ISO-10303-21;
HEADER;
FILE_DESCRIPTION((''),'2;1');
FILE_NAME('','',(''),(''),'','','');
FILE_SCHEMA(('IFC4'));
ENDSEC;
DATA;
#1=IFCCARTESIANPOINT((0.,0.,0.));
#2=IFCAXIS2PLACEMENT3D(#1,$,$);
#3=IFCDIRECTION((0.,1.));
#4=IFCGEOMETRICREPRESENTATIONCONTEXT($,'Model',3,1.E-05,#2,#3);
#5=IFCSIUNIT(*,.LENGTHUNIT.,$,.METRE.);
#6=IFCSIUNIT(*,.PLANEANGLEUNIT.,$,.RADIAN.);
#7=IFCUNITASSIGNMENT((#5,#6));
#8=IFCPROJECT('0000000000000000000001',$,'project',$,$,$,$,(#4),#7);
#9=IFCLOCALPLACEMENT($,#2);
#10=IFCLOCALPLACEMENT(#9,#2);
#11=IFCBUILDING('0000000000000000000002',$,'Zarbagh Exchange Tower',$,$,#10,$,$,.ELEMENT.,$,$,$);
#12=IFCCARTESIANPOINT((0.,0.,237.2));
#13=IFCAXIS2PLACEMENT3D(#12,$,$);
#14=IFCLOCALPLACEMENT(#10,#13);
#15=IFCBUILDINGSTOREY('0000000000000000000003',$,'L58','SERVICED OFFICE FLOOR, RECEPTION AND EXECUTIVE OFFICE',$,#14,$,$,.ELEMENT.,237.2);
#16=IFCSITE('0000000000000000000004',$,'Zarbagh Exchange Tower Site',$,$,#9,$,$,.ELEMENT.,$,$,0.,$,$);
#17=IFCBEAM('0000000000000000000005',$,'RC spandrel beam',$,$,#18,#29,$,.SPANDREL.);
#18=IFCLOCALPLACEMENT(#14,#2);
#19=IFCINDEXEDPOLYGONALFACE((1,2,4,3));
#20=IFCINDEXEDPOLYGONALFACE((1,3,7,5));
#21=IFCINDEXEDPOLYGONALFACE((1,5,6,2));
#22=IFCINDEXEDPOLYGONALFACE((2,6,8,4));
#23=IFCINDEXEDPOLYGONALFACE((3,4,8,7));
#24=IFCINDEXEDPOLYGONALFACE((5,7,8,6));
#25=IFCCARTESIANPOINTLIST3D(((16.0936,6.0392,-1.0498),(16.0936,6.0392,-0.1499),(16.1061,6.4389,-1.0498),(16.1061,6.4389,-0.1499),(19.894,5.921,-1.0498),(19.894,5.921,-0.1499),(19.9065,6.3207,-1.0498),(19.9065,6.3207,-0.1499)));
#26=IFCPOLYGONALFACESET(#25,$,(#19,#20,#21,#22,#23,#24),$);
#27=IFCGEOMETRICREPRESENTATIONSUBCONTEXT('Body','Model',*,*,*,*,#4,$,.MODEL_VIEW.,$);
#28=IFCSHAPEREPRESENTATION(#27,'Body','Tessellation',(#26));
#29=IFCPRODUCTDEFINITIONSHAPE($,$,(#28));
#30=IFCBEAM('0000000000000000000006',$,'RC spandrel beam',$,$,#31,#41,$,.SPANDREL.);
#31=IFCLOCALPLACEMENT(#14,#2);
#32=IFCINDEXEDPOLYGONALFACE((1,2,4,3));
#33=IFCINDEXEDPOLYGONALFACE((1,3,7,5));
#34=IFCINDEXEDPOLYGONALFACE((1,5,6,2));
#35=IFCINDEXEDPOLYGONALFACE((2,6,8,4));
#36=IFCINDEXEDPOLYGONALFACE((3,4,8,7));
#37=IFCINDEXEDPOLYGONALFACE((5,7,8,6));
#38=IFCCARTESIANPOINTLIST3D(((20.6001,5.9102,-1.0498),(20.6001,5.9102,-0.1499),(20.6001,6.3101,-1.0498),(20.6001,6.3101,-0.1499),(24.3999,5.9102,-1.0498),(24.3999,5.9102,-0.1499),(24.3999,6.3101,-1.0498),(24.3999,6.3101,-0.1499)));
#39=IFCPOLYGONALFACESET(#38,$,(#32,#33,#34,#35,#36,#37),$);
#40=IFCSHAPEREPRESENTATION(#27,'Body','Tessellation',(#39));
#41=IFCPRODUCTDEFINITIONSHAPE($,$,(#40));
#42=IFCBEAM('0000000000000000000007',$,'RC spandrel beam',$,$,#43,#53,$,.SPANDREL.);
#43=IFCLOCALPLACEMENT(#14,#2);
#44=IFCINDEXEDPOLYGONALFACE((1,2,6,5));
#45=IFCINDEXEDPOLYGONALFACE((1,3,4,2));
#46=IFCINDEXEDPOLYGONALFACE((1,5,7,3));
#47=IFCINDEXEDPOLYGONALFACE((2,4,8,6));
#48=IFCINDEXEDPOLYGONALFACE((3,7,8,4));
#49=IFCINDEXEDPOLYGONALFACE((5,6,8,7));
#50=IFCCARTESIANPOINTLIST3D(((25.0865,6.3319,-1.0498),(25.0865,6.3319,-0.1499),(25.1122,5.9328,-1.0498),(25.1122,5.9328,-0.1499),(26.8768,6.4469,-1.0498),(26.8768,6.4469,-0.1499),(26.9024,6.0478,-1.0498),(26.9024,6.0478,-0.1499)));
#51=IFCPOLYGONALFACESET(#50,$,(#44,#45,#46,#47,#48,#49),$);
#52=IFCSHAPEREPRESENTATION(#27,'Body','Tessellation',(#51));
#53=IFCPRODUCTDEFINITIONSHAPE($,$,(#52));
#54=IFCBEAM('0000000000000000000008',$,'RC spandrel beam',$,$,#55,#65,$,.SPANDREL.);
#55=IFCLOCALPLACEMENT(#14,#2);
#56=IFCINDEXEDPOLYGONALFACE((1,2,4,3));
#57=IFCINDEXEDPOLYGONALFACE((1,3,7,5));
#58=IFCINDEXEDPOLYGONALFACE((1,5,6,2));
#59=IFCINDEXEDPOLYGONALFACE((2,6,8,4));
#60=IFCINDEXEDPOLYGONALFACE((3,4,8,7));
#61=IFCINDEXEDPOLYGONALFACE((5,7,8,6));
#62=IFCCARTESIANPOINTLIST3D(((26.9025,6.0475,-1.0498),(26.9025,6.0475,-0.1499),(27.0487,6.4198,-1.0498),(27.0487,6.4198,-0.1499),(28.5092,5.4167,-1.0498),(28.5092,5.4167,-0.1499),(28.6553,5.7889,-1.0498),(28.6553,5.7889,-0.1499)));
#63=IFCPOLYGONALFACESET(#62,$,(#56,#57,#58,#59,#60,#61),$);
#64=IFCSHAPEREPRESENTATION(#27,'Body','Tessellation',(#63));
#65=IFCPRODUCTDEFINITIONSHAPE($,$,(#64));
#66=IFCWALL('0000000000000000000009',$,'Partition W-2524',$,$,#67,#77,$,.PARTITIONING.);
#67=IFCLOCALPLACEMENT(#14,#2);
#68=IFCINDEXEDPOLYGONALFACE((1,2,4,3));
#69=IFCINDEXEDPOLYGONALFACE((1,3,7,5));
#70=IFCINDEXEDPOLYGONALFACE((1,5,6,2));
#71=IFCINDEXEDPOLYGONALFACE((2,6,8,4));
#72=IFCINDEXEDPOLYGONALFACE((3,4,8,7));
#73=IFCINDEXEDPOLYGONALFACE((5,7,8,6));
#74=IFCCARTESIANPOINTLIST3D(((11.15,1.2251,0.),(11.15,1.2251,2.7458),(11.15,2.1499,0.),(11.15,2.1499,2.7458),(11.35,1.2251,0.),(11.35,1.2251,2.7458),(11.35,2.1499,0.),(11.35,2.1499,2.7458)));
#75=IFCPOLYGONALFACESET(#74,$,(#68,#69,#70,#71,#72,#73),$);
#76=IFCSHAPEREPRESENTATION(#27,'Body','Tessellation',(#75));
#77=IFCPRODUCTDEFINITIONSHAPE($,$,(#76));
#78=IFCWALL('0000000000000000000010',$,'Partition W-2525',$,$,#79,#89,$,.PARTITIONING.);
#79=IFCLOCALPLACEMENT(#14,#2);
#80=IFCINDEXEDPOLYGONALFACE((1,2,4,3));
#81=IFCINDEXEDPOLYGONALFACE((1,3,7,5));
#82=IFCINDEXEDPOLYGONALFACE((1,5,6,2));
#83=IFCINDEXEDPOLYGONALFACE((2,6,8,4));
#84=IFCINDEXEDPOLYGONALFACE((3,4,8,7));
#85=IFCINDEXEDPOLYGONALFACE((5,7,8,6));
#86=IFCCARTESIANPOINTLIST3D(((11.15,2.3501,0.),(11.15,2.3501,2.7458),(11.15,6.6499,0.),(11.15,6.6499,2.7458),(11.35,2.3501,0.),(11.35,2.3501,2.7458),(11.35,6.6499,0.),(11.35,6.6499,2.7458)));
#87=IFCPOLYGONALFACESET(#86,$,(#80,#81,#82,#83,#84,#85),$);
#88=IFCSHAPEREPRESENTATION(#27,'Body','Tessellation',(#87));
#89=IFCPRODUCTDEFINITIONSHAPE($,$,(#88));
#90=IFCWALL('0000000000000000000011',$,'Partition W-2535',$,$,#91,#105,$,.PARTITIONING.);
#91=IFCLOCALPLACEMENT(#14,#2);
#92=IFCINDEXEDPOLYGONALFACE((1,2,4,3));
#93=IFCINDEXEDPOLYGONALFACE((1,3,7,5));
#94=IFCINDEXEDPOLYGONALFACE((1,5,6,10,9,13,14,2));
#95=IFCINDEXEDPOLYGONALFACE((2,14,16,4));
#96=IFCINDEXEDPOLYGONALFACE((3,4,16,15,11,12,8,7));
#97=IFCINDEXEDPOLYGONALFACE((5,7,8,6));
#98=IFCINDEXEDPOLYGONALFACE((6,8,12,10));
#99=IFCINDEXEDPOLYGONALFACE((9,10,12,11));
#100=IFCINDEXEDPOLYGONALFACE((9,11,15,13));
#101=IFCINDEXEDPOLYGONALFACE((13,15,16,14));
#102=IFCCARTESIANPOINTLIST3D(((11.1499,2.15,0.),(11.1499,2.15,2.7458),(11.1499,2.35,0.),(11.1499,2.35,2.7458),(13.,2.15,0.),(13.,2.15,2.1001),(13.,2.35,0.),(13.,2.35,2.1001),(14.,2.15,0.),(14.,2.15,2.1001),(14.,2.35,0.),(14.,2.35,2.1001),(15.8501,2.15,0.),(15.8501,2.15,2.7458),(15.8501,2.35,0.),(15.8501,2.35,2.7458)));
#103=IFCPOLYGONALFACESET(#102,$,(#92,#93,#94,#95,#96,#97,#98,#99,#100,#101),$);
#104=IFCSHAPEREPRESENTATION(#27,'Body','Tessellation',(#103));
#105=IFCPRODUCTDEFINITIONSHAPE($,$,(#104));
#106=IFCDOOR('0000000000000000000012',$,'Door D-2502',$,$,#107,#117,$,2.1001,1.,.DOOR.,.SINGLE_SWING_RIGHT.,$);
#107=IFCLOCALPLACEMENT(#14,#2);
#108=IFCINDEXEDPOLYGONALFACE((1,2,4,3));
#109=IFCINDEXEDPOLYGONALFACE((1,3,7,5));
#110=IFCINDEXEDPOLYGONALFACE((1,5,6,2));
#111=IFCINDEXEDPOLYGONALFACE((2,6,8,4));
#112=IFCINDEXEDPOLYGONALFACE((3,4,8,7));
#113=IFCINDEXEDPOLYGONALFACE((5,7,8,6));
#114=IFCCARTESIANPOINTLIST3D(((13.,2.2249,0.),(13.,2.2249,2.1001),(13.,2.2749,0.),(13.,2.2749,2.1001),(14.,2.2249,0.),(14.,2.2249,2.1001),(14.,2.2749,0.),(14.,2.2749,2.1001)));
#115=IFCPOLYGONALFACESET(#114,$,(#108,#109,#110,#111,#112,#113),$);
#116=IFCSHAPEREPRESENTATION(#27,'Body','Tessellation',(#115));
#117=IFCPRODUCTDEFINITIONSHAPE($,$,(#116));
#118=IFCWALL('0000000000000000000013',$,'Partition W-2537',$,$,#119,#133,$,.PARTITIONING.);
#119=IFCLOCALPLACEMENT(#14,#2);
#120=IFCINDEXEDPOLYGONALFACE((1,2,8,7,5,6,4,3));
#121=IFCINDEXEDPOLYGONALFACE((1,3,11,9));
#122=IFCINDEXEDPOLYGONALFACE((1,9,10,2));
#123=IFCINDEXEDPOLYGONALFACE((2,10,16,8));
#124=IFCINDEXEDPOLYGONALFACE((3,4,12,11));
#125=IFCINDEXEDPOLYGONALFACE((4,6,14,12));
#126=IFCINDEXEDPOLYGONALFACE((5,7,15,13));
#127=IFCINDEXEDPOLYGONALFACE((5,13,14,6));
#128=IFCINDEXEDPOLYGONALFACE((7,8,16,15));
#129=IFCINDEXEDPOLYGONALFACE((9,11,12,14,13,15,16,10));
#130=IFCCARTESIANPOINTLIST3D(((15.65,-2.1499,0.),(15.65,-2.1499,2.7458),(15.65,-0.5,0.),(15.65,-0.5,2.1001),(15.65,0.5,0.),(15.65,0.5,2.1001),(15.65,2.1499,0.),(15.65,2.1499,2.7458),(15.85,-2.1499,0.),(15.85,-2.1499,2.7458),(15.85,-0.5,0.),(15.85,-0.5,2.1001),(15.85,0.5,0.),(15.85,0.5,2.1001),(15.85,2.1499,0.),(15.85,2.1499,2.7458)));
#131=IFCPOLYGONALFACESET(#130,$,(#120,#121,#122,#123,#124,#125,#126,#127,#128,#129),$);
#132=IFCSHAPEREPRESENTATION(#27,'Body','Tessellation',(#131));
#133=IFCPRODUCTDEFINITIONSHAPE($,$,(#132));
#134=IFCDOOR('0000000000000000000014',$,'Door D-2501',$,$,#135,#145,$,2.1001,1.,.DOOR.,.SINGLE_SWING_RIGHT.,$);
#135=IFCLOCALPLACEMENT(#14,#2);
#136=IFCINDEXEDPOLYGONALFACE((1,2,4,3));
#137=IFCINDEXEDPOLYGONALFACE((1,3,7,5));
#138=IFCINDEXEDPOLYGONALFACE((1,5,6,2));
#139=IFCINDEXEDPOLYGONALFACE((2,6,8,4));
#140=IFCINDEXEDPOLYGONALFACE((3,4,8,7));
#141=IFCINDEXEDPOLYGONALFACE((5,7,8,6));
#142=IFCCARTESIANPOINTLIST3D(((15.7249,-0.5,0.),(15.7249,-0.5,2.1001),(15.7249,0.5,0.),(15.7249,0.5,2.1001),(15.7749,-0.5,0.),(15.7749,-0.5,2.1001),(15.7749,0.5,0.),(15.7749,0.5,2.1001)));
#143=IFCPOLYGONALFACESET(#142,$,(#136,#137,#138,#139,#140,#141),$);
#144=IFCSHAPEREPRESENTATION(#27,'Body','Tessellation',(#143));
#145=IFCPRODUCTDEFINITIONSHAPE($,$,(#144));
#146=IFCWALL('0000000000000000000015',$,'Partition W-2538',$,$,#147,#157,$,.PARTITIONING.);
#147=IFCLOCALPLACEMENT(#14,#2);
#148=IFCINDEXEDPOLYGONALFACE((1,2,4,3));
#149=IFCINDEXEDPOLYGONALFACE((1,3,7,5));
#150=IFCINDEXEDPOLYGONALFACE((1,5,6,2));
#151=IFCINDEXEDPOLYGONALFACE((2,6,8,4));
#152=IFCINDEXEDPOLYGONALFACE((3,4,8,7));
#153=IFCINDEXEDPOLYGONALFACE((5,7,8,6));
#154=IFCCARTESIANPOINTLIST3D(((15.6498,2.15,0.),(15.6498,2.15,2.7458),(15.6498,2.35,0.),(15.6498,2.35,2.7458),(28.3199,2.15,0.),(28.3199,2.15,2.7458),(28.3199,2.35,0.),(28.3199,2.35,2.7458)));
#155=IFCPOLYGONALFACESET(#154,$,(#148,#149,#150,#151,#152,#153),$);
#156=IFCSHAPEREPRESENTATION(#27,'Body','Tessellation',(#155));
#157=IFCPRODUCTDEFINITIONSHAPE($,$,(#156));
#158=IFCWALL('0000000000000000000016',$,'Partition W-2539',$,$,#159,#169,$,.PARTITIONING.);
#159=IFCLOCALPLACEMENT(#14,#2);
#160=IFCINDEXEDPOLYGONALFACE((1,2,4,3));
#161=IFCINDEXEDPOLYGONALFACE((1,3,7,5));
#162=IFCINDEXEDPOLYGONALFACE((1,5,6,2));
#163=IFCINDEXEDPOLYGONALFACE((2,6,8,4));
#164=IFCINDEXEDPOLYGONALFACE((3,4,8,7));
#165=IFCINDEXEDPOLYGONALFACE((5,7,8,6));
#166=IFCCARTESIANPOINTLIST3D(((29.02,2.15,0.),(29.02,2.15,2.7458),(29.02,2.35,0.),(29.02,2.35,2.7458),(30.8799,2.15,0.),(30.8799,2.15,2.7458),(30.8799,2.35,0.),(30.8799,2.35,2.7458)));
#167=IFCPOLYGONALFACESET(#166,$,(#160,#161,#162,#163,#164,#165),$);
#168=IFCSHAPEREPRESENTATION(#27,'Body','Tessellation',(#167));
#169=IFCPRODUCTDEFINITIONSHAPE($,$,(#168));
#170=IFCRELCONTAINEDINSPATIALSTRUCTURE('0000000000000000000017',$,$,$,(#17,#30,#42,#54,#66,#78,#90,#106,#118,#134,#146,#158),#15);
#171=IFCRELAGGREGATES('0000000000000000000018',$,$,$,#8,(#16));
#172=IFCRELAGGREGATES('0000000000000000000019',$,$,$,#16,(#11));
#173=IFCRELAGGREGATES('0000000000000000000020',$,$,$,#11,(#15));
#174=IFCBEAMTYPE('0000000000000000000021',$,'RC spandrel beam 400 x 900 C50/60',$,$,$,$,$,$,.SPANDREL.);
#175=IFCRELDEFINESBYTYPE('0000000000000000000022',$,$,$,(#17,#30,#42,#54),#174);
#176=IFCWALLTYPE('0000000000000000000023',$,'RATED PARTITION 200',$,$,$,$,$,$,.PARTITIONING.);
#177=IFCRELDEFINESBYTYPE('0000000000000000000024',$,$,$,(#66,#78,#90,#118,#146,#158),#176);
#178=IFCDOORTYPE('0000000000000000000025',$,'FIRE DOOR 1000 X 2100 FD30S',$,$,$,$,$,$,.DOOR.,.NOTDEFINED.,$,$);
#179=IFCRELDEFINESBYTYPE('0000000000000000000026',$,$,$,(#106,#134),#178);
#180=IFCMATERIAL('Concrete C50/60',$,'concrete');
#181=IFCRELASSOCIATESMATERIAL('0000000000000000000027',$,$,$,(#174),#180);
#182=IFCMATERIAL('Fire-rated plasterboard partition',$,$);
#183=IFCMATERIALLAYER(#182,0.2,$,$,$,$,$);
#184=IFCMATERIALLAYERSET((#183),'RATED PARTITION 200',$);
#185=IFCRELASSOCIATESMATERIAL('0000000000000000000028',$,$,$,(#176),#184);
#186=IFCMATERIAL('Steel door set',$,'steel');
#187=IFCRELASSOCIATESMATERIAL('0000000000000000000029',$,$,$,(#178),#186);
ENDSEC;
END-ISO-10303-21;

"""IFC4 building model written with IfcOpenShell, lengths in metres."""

from ifc_helpers import new_model, si_unit, direction, frame, frame_2d, origin, origin_2d, place, context, subcontext, project, spatial, rectangle, extrude, material, layer, layer_set, material_profile, profile_set, type_object, element, fill, save


model = new_model("IFC4")

# Units and contexts
model_context = context("Model", 3, precision=1e-05, world=origin(), true_north=direction((0.0, 1.0)))
body_context = subcontext(model_context, "Body", "Model", "MODEL_VIEW")
ifc_project = project(units=[si_unit("LENGTHUNIT", "METRE"), si_unit("PLANEANGLEUNIT", "RADIAN")], contexts=[model_context])

# Site, building, storey
site_placement = place(None, origin())
site = spatial("IfcSite", under=ifc_project, at=site_placement, Name="Zarbagh Exchange Tower Site", CompositionType="ELEMENT", RefElevation=0.0)
building_placement = place(site_placement, origin())
building = spatial("IfcBuilding", under=site, at=building_placement, Name="Zarbagh Exchange Tower", CompositionType="ELEMENT")
storey_placement = place(building_placement, frame((0.0, 0.0, 237.2)))
storey = spatial("IfcBuildingStorey", under=building, at=storey_placement, Name="L58", Description="SERVICED OFFICE FLOOR, RECEPTION AND EXECUTIVE OFFICE", CompositionType="ELEMENT", Elevation=237.2)

# Shared definitions
ifc_material_1 = material(Name="Concrete C50/60", Category="concrete")

# Beams
ifc_material_profile_1 = material_profile(ifc_material_1, rectangle(XDim=0.3999, YDim=0.8999, at=origin_2d()), Name="RC spandrel beam 400 x 900 C50/60")
ifc_profile_set_1 = profile_set([ifc_material_profile_1], Name="Concrete C50/60")
beam_type_1 = type_object("IfcBeamType", Name="RC spandrel beam 400 x 900 C50/60", PredefinedType="SPANDREL", material=ifc_profile_set_1)
beam_1_placement = place(storey_placement, frame((16.0999, 6.239, -0.5999), z_axis=(0.999517, -0.031078, 0.0), x_axis=(0.031078, 0.999517, 0.0)))
element("IfcBeam", 1, at=beam_1_placement, inside=storey, type_object=beam_type_1, Name="RC spandrel beam", PredefinedType="SPANDREL", context=body_context, shape_type="SweptSolid", body=[
    extrude(rectangle(XDim=0.3999, YDim=0.8999, at=origin_2d()), origin(), (0.0, 0.0, 1.0), 3.8022),
])
beam_2_placement = place(storey_placement, frame((20.6001, 6.1101, -0.5999), z_axis=(1.0, 0.0, 0.0), x_axis=(0.0, 1.0, 0.0)))
element("IfcBeam", 2, at=beam_2_placement, inside=storey, type_object=beam_type_1, Name="RC spandrel beam", PredefinedType="SPANDREL", context=body_context, shape_type="SweptSolid", body=[
    extrude(rectangle(XDim=0.3999, YDim=0.8999, at=origin_2d()), origin(), (0.0, 0.0, 1.0), 3.7998),
])
beam_3_placement = place(storey_placement, frame((25.0994, 6.1323, -0.5999), z_axis=(0.997944, 0.064098, 0.0), x_axis=(-0.064098, 0.997944, 0.0)))
element("IfcBeam", 3, at=beam_3_placement, inside=storey, type_object=beam_type_1, Name="RC spandrel beam", PredefinedType="SPANDREL", context=body_context, shape_type="SweptSolid", body=[
    extrude(rectangle(XDim=0.3999, YDim=0.8999, at=origin_2d()), origin(), (0.0, 0.0, 1.0), 1.7939),
])
beam_4_placement = place(storey_placement, frame((26.9756, 6.2336, -0.5999), z_axis=(0.930819, -0.365482, 0.0), x_axis=(0.365482, 0.930819, 0.0)))
element("IfcBeam", 4, at=beam_4_placement, inside=storey, type_object=beam_type_1, Name="RC spandrel beam", PredefinedType="SPANDREL", context=body_context, shape_type="SweptSolid", body=[
    extrude(rectangle(XDim=0.3999, YDim=0.8999, at=origin_2d()), origin(), (0.0, 0.0, 1.0), 1.7261),
])

# Walls
ifc_material_2 = material(Name="Fire-rated plasterboard partition")
ifc_layer = layer(ifc_material_2, 0.2)
ifc_layer_set = layer_set([ifc_layer], Name="RATED PARTITION 200")
wall_type = type_object("IfcWallType", Name="RATED PARTITION 200", PredefinedType="PARTITIONING", material=ifc_layer_set)
wall_1_placement = place(storey_placement, frame((11.25, 1.2251, 0.0), z_axis=(0.0, 0.0, 1.0), x_axis=(0.0, 1.0, 0.0)))
element("IfcWall", 5, at=wall_1_placement, inside=storey, type_object=wall_type, Name="Partition W-2524", PredefinedType="PARTITIONING", context=body_context, shape_type="SweptSolid", body=[
    extrude(rectangle(XDim=0.9248, YDim=0.2, at=frame_2d((0.4624, 0.0))), origin(), (0.0, 0.0, 1.0), 2.7458),
])
wall_2_placement = place(storey_placement, frame((11.25, 2.3501, 0.0), z_axis=(0.0, 0.0, 1.0), x_axis=(0.0, 1.0, 0.0)))
element("IfcWall", 6, at=wall_2_placement, inside=storey, type_object=wall_type, Name="Partition W-2525", PredefinedType="PARTITIONING", context=body_context, shape_type="SweptSolid", body=[
    extrude(rectangle(XDim=4.2998, YDim=0.2, at=frame_2d((2.1499, 0.0))), origin(), (0.0, 0.0, 1.0), 2.7458),
])

# Walls, openings, doors
wall_3_placement = place(storey_placement, frame((11.1499, 2.25, 0.0), z_axis=(0.0, 0.0, 1.0), x_axis=(1.0, 0.0, 0.0)))
wall_3 = element("IfcWall", 7, at=wall_3_placement, inside=storey, type_object=wall_type, Name="Partition W-2535", PredefinedType="PARTITIONING", context=body_context, shape_type="SweptSolid", body=[
    extrude(rectangle(XDim=4.7002, YDim=0.2, at=frame_2d((2.3501, 0.0))), origin(), (0.0, 0.0, 1.0), 2.7458),
])
opening_1_placement = place(wall_3_placement, frame((1.8501, 0.0, 0.0)))
opening_1 = element("IfcOpeningElement", 8, at=opening_1_placement, cuts=wall_3, PredefinedType="OPENING", context=body_context, shape_type="SweptSolid", body=[
    extrude(rectangle(XDim=1.0, YDim=2.1001, at=frame_2d((0.5, 1.05))), frame((0.0, 0.1099, 0.0), z_axis=(0.0, -1.0, 0.0), x_axis=(1.0, 0.0, 0.0)), (0.0, 0.0, 1.0), 0.22),
])
ifc_material_3 = material(Name="Steel door set", Category="steel")
door_type = type_object("IfcDoorType", Name="FIRE DOOR 1000 X 2100 FD30S", OperationType="NOTDEFINED", PredefinedType="DOOR", material=ifc_material_3)
door_1_placement = place(opening_1_placement, origin())
door_1 = element("IfcDoor", 9, at=door_1_placement, inside=storey, type_object=door_type, Name="Door D-2502", OperationType="SINGLE_SWING_RIGHT", OverallHeight=2.1001, OverallWidth=1.0, PredefinedType="DOOR", context=body_context, shape_type="SweptSolid", body=[
    extrude(rectangle(XDim=1.0, YDim=2.1001, at=frame_2d((0.5, 1.05))), frame((0.0, 0.0249, 0.0), z_axis=(0.0, -1.0, 0.0), x_axis=(1.0, 0.0, 0.0)), (0.0, 0.0, 1.0), 0.05),
])
fill(opening_1, door_1)
wall_4_placement = place(storey_placement, frame((15.75, 2.1499, 0.0), z_axis=(0.0, 0.0, 1.0), x_axis=(0.0, -1.0, 0.0)))
wall_4 = element("IfcWall", 10, at=wall_4_placement, inside=storey, type_object=wall_type, Name="Partition W-2537", PredefinedType="PARTITIONING", context=body_context, shape_type="SweptSolid", body=[
    extrude(rectangle(XDim=4.2998, YDim=0.2, at=frame_2d((2.1499, 0.0))), origin(), (0.0, 0.0, 1.0), 2.7458),
])
opening_2_placement = place(wall_4_placement, frame((1.6499, 0.0, 0.0)))
opening_2 = element("IfcOpeningElement", 11, at=opening_2_placement, cuts=wall_4, PredefinedType="OPENING", context=body_context, shape_type="SweptSolid", body=[
    extrude(rectangle(XDim=1.0, YDim=2.1001, at=frame_2d((0.5, 1.05))), frame((0.0, 0.1099, 0.0), z_axis=(0.0, -1.0, 0.0), x_axis=(1.0, 0.0, 0.0)), (0.0, 0.0, 1.0), 0.22),
])
door_2_placement = place(opening_2_placement, origin())
door_2 = element("IfcDoor", 12, at=door_2_placement, inside=storey, type_object=door_type, Name="Door D-2501", OperationType="SINGLE_SWING_RIGHT", OverallHeight=2.1001, OverallWidth=1.0, PredefinedType="DOOR", context=body_context, shape_type="SweptSolid", body=[
    extrude(rectangle(XDim=1.0, YDim=2.1001, at=frame_2d((0.5, 1.05))), frame((0.0, 0.0249, 0.0), z_axis=(0.0, -1.0, 0.0), x_axis=(1.0, 0.0, 0.0)), (0.0, 0.0, 1.0), 0.05),
])
fill(opening_2, door_2)

# Walls
wall_5_placement = place(storey_placement, frame((15.6499, 2.25, 0.0), z_axis=(0.0, 0.0, 1.0), x_axis=(1.0, 0.0, 0.0)))
element("IfcWall", 13, at=wall_5_placement, inside=storey, type_object=wall_type, Name="Partition W-2538", PredefinedType="PARTITIONING", context=body_context, shape_type="SweptSolid", body=[
    extrude(rectangle(XDim=12.6702, YDim=0.2, at=frame_2d((6.335, 0.0))), origin(), (0.0, 0.0, 1.0), 2.7458),
])
wall_6_placement = place(storey_placement, frame((29.02, 2.25, 0.0), z_axis=(0.0, 0.0, 1.0), x_axis=(1.0, 0.0, 0.0)))
element("IfcWall", 14, at=wall_6_placement, inside=storey, type_object=wall_type, Name="Partition W-2539", PredefinedType="PARTITIONING", context=body_context, shape_type="SweptSolid", body=[
    extrude(rectangle(XDim=1.8599, YDim=0.2, at=frame_2d((0.9299, 0.0))), origin(), (0.0, 0.0, 1.0), 2.7458),
])

save(model, "model.ifc")
